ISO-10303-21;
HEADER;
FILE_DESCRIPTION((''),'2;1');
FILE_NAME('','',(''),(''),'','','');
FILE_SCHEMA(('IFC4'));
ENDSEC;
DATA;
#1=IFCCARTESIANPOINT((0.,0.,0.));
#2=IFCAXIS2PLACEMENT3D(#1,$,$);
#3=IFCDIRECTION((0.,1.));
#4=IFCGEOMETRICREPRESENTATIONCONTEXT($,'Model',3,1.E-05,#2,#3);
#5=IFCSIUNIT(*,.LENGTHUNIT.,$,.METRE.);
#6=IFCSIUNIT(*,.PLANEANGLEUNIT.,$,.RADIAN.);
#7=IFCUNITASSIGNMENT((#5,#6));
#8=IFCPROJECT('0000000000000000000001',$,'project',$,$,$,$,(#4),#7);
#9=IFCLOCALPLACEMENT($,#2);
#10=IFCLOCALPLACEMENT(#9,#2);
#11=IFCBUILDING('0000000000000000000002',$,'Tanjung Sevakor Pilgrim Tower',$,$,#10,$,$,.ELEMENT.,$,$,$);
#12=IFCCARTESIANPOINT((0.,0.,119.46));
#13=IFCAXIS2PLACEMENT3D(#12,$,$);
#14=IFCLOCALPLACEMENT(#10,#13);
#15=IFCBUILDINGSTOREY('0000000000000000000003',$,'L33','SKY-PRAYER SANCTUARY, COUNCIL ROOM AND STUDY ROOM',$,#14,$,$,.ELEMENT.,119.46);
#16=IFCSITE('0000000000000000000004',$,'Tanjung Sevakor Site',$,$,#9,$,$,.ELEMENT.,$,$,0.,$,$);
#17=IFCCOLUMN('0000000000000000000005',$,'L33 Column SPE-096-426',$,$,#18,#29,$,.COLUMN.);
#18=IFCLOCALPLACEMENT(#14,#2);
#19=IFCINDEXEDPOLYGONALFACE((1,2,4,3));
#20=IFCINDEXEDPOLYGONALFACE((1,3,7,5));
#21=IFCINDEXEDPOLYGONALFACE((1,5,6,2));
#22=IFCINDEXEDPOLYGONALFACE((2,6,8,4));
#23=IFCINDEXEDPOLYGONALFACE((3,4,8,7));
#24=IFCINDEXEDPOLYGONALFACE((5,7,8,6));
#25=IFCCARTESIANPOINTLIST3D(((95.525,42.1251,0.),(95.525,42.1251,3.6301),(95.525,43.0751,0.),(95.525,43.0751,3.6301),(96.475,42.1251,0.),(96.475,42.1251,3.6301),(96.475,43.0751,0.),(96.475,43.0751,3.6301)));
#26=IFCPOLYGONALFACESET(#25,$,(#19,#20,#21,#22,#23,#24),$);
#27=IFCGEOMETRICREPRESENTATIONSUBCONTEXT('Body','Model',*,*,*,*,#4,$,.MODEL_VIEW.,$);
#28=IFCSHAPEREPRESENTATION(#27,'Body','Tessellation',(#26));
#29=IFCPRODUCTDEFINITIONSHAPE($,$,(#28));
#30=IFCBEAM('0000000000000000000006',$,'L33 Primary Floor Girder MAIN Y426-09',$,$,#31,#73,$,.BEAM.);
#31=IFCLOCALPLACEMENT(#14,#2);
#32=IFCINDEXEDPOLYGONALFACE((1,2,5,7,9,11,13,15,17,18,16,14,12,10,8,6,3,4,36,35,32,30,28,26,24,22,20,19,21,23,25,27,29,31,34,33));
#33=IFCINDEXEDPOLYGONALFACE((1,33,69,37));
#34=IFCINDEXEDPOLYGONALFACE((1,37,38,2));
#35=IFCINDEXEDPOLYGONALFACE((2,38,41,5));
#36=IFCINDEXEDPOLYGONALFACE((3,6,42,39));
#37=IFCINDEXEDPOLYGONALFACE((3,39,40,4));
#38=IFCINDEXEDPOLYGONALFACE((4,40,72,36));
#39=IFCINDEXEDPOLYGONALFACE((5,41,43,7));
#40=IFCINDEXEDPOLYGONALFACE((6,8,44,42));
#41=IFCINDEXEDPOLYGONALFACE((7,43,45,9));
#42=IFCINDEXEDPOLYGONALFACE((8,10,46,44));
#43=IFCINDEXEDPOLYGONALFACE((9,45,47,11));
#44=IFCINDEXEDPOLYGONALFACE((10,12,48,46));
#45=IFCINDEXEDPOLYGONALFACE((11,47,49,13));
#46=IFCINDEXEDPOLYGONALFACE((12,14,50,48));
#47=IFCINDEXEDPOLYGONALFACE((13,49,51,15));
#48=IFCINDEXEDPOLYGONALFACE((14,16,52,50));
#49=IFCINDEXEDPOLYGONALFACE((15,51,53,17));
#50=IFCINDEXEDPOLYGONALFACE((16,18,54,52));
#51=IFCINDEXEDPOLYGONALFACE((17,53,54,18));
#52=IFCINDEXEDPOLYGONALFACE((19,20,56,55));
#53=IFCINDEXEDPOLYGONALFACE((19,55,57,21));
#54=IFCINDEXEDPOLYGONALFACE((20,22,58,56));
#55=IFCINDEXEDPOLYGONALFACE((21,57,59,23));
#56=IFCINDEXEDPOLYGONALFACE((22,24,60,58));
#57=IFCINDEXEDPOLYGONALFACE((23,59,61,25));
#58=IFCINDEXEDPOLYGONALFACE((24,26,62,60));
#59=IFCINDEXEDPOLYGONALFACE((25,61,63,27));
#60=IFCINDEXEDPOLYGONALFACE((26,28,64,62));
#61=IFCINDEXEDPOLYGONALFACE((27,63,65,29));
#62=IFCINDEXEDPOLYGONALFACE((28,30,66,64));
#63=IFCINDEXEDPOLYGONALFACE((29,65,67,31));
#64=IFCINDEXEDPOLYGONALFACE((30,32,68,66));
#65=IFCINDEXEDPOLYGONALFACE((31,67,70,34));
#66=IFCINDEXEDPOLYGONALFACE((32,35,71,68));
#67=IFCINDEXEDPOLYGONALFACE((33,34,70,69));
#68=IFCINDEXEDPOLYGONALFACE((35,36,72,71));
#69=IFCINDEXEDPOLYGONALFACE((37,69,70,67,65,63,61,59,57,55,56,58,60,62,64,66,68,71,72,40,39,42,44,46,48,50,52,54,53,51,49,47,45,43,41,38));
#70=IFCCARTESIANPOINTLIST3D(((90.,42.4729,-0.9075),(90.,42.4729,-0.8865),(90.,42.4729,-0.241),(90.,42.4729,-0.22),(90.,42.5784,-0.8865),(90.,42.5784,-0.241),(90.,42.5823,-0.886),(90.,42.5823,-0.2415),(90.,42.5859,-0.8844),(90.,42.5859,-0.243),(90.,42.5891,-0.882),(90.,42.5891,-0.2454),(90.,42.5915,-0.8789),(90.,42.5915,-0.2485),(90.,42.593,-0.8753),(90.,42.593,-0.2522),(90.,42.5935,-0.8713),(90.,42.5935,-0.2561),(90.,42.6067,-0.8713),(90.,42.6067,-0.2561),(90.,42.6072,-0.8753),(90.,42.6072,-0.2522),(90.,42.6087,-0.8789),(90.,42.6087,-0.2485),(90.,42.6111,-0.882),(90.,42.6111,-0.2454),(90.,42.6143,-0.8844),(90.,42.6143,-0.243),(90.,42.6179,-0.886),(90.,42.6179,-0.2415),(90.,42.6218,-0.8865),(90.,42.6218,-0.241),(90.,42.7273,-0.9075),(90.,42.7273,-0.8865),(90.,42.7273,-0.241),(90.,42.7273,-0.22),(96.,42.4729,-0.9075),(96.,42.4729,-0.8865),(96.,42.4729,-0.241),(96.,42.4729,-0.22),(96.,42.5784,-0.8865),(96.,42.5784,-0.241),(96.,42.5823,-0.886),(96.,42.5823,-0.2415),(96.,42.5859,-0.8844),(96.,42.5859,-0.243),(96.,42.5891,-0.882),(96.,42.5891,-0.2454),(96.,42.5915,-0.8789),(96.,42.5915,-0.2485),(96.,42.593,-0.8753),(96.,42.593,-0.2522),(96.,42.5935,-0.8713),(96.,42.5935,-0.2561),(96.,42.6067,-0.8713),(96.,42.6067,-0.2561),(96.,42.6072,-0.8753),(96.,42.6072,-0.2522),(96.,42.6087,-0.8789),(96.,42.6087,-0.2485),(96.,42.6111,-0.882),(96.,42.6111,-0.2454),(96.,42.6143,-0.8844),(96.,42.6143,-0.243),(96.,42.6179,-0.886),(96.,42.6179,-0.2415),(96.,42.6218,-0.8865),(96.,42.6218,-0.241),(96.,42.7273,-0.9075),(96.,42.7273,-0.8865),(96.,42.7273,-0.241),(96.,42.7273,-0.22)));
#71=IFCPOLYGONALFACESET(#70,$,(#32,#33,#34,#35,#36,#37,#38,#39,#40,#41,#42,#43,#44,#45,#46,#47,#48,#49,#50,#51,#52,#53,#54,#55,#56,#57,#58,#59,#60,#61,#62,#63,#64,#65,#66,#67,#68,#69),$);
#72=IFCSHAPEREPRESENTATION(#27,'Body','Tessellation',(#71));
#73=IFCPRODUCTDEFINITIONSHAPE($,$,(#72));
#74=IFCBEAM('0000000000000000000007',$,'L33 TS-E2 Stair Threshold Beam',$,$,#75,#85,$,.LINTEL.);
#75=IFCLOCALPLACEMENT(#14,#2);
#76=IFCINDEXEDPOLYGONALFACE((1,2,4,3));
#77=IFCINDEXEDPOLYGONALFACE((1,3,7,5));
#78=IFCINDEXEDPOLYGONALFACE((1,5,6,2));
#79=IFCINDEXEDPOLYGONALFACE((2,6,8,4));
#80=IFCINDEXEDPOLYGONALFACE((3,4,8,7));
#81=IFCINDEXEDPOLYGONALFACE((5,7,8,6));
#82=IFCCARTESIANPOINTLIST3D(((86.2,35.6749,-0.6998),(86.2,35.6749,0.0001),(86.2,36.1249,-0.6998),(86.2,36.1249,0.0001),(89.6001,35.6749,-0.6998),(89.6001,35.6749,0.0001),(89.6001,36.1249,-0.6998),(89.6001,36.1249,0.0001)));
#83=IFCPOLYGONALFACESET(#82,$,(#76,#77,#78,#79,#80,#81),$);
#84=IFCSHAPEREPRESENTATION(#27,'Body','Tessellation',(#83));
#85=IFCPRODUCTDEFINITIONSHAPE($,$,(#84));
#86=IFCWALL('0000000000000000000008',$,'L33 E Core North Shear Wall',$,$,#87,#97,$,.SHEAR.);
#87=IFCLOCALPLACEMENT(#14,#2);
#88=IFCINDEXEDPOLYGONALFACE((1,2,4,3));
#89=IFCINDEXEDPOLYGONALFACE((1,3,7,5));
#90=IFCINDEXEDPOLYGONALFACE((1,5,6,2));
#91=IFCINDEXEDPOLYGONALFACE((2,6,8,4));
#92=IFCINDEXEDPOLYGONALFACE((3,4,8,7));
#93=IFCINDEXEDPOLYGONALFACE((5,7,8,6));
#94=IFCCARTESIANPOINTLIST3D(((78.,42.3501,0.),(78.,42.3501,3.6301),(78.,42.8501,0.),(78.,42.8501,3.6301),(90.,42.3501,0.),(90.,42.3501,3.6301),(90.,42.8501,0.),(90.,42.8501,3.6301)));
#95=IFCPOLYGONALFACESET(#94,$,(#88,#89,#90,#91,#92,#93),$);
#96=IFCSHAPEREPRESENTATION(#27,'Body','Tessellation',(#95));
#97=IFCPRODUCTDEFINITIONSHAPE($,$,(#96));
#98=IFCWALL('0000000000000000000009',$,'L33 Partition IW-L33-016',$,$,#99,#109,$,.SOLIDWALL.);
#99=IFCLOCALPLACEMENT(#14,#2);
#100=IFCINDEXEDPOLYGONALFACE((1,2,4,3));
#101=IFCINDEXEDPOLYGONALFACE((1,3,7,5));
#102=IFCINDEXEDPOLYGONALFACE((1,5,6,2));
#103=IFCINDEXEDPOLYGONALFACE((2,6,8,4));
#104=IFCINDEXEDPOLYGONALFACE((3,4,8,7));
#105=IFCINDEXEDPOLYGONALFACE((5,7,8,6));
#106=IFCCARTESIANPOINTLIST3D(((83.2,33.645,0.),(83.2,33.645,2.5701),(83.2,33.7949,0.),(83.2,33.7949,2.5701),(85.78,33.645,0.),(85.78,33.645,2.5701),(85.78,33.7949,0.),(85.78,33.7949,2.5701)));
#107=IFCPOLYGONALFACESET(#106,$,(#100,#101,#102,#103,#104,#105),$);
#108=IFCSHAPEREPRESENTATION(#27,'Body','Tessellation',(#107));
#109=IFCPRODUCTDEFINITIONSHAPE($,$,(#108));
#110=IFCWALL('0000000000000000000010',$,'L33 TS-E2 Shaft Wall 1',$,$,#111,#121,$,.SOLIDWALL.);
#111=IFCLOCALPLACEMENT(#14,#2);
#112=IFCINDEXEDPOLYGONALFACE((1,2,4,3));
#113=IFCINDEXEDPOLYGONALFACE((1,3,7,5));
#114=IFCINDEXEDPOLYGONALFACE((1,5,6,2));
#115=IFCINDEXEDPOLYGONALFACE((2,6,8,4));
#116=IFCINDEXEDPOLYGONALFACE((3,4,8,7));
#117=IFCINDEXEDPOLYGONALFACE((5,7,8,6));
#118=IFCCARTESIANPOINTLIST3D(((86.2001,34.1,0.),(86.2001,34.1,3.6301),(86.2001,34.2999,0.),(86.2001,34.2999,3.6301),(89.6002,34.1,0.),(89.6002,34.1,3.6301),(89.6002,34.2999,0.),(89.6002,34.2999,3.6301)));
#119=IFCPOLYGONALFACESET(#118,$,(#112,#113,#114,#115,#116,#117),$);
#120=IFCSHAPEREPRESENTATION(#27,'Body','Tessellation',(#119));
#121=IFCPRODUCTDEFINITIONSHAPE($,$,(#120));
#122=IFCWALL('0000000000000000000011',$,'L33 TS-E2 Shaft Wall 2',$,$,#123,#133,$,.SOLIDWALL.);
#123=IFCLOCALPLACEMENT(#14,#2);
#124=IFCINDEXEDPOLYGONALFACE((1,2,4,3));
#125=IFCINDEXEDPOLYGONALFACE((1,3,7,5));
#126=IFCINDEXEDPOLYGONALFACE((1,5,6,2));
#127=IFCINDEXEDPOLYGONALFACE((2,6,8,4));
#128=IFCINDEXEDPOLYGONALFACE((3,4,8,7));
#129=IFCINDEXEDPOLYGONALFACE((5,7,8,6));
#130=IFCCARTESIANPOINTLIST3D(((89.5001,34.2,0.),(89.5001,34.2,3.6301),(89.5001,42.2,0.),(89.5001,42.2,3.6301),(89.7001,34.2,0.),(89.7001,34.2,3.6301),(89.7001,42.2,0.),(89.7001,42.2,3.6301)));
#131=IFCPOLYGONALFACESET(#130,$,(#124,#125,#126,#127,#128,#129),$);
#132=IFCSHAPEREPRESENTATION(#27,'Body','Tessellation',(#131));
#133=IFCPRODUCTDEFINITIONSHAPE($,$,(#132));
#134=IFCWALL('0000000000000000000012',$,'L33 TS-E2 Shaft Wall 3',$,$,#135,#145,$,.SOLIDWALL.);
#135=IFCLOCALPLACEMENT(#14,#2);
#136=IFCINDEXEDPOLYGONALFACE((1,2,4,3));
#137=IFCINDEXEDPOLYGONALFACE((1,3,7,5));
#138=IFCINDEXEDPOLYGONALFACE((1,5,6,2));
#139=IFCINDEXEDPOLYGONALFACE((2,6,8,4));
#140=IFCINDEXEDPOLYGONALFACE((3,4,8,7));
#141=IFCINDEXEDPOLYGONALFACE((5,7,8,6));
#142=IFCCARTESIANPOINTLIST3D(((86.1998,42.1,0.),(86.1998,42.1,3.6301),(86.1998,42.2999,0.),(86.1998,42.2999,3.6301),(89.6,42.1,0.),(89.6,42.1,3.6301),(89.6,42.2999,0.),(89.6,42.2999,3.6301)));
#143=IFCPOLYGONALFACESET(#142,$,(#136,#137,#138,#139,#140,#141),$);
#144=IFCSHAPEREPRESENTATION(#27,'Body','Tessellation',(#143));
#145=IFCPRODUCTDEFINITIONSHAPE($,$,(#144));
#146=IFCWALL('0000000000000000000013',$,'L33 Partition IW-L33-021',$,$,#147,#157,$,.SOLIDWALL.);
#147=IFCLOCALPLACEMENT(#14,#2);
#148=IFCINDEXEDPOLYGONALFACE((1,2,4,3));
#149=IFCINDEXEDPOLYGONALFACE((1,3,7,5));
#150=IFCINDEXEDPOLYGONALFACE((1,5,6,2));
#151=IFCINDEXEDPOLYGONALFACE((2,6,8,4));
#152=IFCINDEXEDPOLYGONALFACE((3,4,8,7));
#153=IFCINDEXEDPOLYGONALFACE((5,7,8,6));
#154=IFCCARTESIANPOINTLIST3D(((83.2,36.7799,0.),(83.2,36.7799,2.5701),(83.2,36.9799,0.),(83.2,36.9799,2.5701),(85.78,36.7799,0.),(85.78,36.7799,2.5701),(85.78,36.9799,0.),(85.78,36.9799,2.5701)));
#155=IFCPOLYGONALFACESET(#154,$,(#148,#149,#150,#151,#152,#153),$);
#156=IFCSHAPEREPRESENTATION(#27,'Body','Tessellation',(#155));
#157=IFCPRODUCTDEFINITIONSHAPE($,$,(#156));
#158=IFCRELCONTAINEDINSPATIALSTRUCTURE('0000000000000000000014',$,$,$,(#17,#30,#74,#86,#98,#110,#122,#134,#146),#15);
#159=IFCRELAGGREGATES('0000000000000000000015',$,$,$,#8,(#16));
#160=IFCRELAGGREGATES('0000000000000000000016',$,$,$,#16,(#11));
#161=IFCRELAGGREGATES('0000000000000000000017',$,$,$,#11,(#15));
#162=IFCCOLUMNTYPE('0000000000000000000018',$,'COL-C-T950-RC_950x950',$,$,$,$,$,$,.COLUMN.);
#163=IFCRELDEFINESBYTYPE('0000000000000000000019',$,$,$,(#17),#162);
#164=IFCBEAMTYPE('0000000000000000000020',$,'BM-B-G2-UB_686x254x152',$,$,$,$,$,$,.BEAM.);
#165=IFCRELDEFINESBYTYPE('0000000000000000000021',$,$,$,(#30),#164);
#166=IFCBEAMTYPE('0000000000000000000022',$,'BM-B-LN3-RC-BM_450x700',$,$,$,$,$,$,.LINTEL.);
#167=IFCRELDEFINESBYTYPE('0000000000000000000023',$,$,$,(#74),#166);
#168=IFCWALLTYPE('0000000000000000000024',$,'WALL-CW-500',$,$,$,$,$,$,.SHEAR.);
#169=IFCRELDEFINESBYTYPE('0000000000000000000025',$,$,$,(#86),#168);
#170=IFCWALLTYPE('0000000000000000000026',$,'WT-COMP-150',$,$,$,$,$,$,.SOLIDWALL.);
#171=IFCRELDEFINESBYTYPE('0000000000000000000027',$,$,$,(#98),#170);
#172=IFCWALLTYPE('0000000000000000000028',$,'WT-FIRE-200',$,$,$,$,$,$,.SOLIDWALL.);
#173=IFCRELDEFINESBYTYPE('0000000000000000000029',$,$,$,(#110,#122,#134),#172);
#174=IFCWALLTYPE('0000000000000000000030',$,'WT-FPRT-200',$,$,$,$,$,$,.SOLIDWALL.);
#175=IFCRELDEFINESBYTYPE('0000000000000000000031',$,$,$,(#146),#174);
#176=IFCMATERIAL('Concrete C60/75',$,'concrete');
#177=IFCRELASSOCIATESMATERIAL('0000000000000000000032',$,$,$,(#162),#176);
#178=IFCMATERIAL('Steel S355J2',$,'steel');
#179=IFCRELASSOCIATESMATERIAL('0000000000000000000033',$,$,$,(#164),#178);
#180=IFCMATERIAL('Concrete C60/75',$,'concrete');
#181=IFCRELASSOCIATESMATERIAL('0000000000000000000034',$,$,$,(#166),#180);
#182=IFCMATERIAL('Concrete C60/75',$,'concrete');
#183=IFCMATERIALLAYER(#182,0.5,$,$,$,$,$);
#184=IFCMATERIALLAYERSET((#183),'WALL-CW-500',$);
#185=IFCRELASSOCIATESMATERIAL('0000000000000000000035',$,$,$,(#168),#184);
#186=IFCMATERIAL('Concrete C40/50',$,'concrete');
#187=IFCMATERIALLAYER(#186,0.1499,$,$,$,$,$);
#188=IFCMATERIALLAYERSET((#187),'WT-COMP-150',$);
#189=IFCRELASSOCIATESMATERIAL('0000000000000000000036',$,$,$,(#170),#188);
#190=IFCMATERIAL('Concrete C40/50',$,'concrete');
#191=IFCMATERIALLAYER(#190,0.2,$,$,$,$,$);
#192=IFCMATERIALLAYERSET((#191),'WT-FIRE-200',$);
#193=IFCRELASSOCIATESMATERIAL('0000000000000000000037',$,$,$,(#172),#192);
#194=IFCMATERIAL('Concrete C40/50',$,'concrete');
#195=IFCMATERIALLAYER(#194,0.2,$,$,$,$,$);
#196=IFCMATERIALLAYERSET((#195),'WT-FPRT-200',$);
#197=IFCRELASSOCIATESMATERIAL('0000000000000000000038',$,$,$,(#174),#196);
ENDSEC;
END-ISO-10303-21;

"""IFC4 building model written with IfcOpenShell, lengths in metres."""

from ifc_helpers import new_model, si_unit, direction, frame, frame_2d, origin, origin_2d, place, context, subcontext, project, spatial, rectangle, i_section, extrude, material, layer, layer_set, material_profile, profile_set, type_object, element, save


model = new_model("IFC4")

# Units and contexts
model_context = context("Model", 3, precision=1e-05, world=origin(), true_north=direction((0.0, 1.0)))
body_context = subcontext(model_context, "Body", "Model", "MODEL_VIEW")
ifc_project = project(units=[si_unit("LENGTHUNIT", "METRE"), si_unit("PLANEANGLEUNIT", "RADIAN")], contexts=[model_context])

# Site, building, storey
site_placement = place(None, origin())
site = spatial("IfcSite", under=ifc_project, at=site_placement, Name="Tanjung Sevakor Site", CompositionType="ELEMENT", RefElevation=0.0)
building_placement = place(site_placement, origin())
building = spatial("IfcBuilding", under=site, at=building_placement, Name="Tanjung Sevakor Pilgrim Tower", CompositionType="ELEMENT")
storey_placement = place(building_placement, frame((0.0, 0.0, 119.46)))
storey = spatial("IfcBuildingStorey", under=building, at=storey_placement, Name="L33", Description="SKY-PRAYER SANCTUARY, COUNCIL ROOM AND STUDY ROOM", CompositionType="ELEMENT", Elevation=119.46)

# Column
ifc_material_1 = material(Name="Concrete C60/75", Category="concrete")
ifc_material_profile_1 = material_profile(ifc_material_1, rectangle(XDim=0.95, YDim=0.95, at=origin_2d()))
ifc_profile_set_1 = profile_set([ifc_material_profile_1], Name="Concrete C60/75")
column_type = type_object("IfcColumnType", Name="COL-C-T950-RC_950x950", PredefinedType="COLUMN", material=ifc_profile_set_1)
column_placement = place(storey_placement, frame((96.0, 42.6001, 0.0), z_axis=(0.0, 0.0, 1.0), x_axis=(1.0, 0.0, 0.0)))
element("IfcColumn", 1, at=column_placement, inside=storey, type_object=column_type, Name="L33 Column SPE-096-426", PredefinedType="COLUMN", context=body_context, shape_type="SweptSolid", body=[
    extrude(rectangle(XDim=0.95, YDim=0.95, at=origin_2d()), origin(), (0.0, 0.0, 1.0), 3.6301),
])

# Beams
ifc_material_2 = material(Name="Steel S355J2", Category="steel")
ifc_material_profile_2 = material_profile(ifc_material_2, i_section(OverallWidth=0.2544, OverallDepth=0.6875, WebThickness=0.0132, FlangeThickness=0.021, FilletRadius=0.0151, at=origin_2d()))
ifc_profile_set_2 = profile_set([ifc_material_profile_2], Name="Steel S355J2")
beam_type_1 = type_object("IfcBeamType", Name="BM-B-G2-UB_686x254x152", PredefinedType="BEAM", material=ifc_profile_set_2)
beam_1_placement = place(storey_placement, frame((90.0, 42.6001, -0.5637), z_axis=(1.0, 0.0, 0.0), x_axis=(0.0, 1.0, 0.0)))
element("IfcBeam", 2, at=beam_1_placement, inside=storey, type_object=beam_type_1, Name="L33 Primary Floor Girder MAIN Y426-09", PredefinedType="BEAM", context=body_context, shape_type="SweptSolid", body=[
    extrude(i_section(OverallWidth=0.2544, OverallDepth=0.6875, WebThickness=0.0132, FlangeThickness=0.021, FilletRadius=0.0151, at=origin_2d()), origin(), (0.0, 0.0, 1.0), 6.0),
])
ifc_material_3 = material(Name="Concrete C60/75", Category="concrete")
ifc_material_profile_3 = material_profile(ifc_material_3, rectangle(XDim=0.45, YDim=0.7, at=origin_2d()))
ifc_profile_set_3 = profile_set([ifc_material_profile_3], Name="Concrete C60/75")
beam_type_2 = type_object("IfcBeamType", Name="BM-B-LN3-RC-BM_450x700", PredefinedType="LINTEL", material=ifc_profile_set_3)
beam_2_placement = place(storey_placement, frame((86.2, 35.8999, -0.3499), z_axis=(1.0, 0.0, 0.0), x_axis=(0.0, 1.0, 0.0)))
element("IfcBeam", 3, at=beam_2_placement, inside=storey, type_object=beam_type_2, Name="L33 TS-E2 Stair Threshold Beam", PredefinedType="LINTEL", context=body_context, shape_type="SweptSolid", body=[
    extrude(rectangle(XDim=0.45, YDim=0.7, at=origin_2d()), origin(), (0.0, 0.0, 1.0), 3.4001),
])

# Walls
ifc_material_4 = material(Name="Concrete C60/75", Category="concrete")
ifc_layer_1 = layer(ifc_material_4, 0.5)
ifc_layer_set_1 = layer_set([ifc_layer_1], Name="WALL-CW-500")
wall_type_1 = type_object("IfcWallType", Name="WALL-CW-500", PredefinedType="SHEAR", material=ifc_layer_set_1)
wall_1_placement = place(storey_placement, frame((90.0, 42.6001, 0.0), z_axis=(0.0, 0.0, 1.0), x_axis=(-1.0, 0.0, 0.0)))
element("IfcWall", 4, at=wall_1_placement, inside=storey, type_object=wall_type_1, Name="L33 E Core North Shear Wall", PredefinedType="SHEAR", context=body_context, shape_type="SweptSolid", body=[
    extrude(rectangle(XDim=12.0, YDim=0.5, at=frame_2d((6.0, 0.0))), origin(), (0.0, 0.0, 1.0), 3.6301),
])
ifc_material_5 = material(Name="Concrete C40/50", Category="concrete")
ifc_layer_2 = layer(ifc_material_5, 0.1499)
ifc_layer_set_2 = layer_set([ifc_layer_2], Name="WT-COMP-150")
wall_type_2 = type_object("IfcWallType", Name="WT-COMP-150", PredefinedType="SOLIDWALL", material=ifc_layer_set_2)
wall_2_placement = place(storey_placement, frame((83.2, 33.72, 0.0), z_axis=(0.0, 0.0, 1.0), x_axis=(1.0, 0.0, 0.0)))
element("IfcWall", 5, at=wall_2_placement, inside=storey, type_object=wall_type_2, Name="L33 Partition IW-L33-016", PredefinedType="SOLIDWALL", context=body_context, shape_type="SweptSolid", body=[
    extrude(rectangle(XDim=2.5801, YDim=0.1499, at=frame_2d((1.29, 0.0))), origin(), (0.0, 0.0, 1.0), 2.5701),
])
ifc_material_6 = material(Name="Concrete C40/50", Category="concrete")
ifc_layer_3 = layer(ifc_material_6, 0.2)
ifc_layer_set_3 = layer_set([ifc_layer_3], Name="WT-FIRE-200")
wall_type_3 = type_object("IfcWallType", Name="WT-FIRE-200", PredefinedType="SOLIDWALL", material=ifc_layer_set_3)
wall_3_placement = place(storey_placement, frame((86.2, 34.2, 0.0), z_axis=(0.0, 0.0, 1.0), x_axis=(1.0, 0.0, 0.0)))
element("IfcWall", 6, at=wall_3_placement, inside=storey, type_object=wall_type_3, Name="L33 TS-E2 Shaft Wall 1", PredefinedType="SOLIDWALL", context=body_context, shape_type="SweptSolid", body=[
    extrude(rectangle(XDim=3.4001, YDim=0.2, at=frame_2d((1.7002, 0.0))), origin(), (0.0, 0.0, 1.0), 3.6301),
])
wall_4_placement = place(storey_placement, frame((89.6001, 34.2, 0.0), z_axis=(0.0, 0.0, 1.0), x_axis=(0.0, 1.0, 0.0)))
element("IfcWall", 7, at=wall_4_placement, inside=storey, type_object=wall_type_3, Name="L33 TS-E2 Shaft Wall 2", PredefinedType="SOLIDWALL", context=body_context, shape_type="SweptSolid", body=[
    extrude(rectangle(XDim=8.0, YDim=0.2, at=frame_2d((4.0, 0.0))), origin(), (0.0, 0.0, 1.0), 3.6301),
])
wall_5_placement = place(storey_placement, frame((89.6001, 42.2, 0.0), z_axis=(0.0, 0.0, 1.0), x_axis=(-1.0, 0.0, 0.0)))
element("IfcWall", 8, at=wall_5_placement, inside=storey, type_object=wall_type_3, Name="L33 TS-E2 Shaft Wall 3", PredefinedType="SOLIDWALL", context=body_context, shape_type="SweptSolid", body=[
    extrude(rectangle(XDim=3.4001, YDim=0.2, at=frame_2d((1.7002, 0.0))), origin(), (0.0, 0.0, 1.0), 3.6301),
])
ifc_material_7 = material(Name="Concrete C40/50", Category="concrete")
ifc_layer_4 = layer(ifc_material_7, 0.2)
ifc_layer_set_4 = layer_set([ifc_layer_4], Name="WT-FPRT-200")
wall_type_4 = type_object("IfcWallType", Name="WT-FPRT-200", PredefinedType="SOLIDWALL", material=ifc_layer_set_4)
wall_6_placement = place(storey_placement, frame((83.2, 36.8799, 0.0), z_axis=(0.0, 0.0, 1.0), x_axis=(1.0, 0.0, 0.0)))
element("IfcWall", 9, at=wall_6_placement, inside=storey, type_object=wall_type_4, Name="L33 Partition IW-L33-021", PredefinedType="SOLIDWALL", context=body_context, shape_type="SweptSolid", body=[
    extrude(rectangle(XDim=2.5801, YDim=0.2, at=frame_2d((1.29, 0.0))), origin(), (0.0, 0.0, 1.0), 2.5701),
])

save(model, "model.ifc")
